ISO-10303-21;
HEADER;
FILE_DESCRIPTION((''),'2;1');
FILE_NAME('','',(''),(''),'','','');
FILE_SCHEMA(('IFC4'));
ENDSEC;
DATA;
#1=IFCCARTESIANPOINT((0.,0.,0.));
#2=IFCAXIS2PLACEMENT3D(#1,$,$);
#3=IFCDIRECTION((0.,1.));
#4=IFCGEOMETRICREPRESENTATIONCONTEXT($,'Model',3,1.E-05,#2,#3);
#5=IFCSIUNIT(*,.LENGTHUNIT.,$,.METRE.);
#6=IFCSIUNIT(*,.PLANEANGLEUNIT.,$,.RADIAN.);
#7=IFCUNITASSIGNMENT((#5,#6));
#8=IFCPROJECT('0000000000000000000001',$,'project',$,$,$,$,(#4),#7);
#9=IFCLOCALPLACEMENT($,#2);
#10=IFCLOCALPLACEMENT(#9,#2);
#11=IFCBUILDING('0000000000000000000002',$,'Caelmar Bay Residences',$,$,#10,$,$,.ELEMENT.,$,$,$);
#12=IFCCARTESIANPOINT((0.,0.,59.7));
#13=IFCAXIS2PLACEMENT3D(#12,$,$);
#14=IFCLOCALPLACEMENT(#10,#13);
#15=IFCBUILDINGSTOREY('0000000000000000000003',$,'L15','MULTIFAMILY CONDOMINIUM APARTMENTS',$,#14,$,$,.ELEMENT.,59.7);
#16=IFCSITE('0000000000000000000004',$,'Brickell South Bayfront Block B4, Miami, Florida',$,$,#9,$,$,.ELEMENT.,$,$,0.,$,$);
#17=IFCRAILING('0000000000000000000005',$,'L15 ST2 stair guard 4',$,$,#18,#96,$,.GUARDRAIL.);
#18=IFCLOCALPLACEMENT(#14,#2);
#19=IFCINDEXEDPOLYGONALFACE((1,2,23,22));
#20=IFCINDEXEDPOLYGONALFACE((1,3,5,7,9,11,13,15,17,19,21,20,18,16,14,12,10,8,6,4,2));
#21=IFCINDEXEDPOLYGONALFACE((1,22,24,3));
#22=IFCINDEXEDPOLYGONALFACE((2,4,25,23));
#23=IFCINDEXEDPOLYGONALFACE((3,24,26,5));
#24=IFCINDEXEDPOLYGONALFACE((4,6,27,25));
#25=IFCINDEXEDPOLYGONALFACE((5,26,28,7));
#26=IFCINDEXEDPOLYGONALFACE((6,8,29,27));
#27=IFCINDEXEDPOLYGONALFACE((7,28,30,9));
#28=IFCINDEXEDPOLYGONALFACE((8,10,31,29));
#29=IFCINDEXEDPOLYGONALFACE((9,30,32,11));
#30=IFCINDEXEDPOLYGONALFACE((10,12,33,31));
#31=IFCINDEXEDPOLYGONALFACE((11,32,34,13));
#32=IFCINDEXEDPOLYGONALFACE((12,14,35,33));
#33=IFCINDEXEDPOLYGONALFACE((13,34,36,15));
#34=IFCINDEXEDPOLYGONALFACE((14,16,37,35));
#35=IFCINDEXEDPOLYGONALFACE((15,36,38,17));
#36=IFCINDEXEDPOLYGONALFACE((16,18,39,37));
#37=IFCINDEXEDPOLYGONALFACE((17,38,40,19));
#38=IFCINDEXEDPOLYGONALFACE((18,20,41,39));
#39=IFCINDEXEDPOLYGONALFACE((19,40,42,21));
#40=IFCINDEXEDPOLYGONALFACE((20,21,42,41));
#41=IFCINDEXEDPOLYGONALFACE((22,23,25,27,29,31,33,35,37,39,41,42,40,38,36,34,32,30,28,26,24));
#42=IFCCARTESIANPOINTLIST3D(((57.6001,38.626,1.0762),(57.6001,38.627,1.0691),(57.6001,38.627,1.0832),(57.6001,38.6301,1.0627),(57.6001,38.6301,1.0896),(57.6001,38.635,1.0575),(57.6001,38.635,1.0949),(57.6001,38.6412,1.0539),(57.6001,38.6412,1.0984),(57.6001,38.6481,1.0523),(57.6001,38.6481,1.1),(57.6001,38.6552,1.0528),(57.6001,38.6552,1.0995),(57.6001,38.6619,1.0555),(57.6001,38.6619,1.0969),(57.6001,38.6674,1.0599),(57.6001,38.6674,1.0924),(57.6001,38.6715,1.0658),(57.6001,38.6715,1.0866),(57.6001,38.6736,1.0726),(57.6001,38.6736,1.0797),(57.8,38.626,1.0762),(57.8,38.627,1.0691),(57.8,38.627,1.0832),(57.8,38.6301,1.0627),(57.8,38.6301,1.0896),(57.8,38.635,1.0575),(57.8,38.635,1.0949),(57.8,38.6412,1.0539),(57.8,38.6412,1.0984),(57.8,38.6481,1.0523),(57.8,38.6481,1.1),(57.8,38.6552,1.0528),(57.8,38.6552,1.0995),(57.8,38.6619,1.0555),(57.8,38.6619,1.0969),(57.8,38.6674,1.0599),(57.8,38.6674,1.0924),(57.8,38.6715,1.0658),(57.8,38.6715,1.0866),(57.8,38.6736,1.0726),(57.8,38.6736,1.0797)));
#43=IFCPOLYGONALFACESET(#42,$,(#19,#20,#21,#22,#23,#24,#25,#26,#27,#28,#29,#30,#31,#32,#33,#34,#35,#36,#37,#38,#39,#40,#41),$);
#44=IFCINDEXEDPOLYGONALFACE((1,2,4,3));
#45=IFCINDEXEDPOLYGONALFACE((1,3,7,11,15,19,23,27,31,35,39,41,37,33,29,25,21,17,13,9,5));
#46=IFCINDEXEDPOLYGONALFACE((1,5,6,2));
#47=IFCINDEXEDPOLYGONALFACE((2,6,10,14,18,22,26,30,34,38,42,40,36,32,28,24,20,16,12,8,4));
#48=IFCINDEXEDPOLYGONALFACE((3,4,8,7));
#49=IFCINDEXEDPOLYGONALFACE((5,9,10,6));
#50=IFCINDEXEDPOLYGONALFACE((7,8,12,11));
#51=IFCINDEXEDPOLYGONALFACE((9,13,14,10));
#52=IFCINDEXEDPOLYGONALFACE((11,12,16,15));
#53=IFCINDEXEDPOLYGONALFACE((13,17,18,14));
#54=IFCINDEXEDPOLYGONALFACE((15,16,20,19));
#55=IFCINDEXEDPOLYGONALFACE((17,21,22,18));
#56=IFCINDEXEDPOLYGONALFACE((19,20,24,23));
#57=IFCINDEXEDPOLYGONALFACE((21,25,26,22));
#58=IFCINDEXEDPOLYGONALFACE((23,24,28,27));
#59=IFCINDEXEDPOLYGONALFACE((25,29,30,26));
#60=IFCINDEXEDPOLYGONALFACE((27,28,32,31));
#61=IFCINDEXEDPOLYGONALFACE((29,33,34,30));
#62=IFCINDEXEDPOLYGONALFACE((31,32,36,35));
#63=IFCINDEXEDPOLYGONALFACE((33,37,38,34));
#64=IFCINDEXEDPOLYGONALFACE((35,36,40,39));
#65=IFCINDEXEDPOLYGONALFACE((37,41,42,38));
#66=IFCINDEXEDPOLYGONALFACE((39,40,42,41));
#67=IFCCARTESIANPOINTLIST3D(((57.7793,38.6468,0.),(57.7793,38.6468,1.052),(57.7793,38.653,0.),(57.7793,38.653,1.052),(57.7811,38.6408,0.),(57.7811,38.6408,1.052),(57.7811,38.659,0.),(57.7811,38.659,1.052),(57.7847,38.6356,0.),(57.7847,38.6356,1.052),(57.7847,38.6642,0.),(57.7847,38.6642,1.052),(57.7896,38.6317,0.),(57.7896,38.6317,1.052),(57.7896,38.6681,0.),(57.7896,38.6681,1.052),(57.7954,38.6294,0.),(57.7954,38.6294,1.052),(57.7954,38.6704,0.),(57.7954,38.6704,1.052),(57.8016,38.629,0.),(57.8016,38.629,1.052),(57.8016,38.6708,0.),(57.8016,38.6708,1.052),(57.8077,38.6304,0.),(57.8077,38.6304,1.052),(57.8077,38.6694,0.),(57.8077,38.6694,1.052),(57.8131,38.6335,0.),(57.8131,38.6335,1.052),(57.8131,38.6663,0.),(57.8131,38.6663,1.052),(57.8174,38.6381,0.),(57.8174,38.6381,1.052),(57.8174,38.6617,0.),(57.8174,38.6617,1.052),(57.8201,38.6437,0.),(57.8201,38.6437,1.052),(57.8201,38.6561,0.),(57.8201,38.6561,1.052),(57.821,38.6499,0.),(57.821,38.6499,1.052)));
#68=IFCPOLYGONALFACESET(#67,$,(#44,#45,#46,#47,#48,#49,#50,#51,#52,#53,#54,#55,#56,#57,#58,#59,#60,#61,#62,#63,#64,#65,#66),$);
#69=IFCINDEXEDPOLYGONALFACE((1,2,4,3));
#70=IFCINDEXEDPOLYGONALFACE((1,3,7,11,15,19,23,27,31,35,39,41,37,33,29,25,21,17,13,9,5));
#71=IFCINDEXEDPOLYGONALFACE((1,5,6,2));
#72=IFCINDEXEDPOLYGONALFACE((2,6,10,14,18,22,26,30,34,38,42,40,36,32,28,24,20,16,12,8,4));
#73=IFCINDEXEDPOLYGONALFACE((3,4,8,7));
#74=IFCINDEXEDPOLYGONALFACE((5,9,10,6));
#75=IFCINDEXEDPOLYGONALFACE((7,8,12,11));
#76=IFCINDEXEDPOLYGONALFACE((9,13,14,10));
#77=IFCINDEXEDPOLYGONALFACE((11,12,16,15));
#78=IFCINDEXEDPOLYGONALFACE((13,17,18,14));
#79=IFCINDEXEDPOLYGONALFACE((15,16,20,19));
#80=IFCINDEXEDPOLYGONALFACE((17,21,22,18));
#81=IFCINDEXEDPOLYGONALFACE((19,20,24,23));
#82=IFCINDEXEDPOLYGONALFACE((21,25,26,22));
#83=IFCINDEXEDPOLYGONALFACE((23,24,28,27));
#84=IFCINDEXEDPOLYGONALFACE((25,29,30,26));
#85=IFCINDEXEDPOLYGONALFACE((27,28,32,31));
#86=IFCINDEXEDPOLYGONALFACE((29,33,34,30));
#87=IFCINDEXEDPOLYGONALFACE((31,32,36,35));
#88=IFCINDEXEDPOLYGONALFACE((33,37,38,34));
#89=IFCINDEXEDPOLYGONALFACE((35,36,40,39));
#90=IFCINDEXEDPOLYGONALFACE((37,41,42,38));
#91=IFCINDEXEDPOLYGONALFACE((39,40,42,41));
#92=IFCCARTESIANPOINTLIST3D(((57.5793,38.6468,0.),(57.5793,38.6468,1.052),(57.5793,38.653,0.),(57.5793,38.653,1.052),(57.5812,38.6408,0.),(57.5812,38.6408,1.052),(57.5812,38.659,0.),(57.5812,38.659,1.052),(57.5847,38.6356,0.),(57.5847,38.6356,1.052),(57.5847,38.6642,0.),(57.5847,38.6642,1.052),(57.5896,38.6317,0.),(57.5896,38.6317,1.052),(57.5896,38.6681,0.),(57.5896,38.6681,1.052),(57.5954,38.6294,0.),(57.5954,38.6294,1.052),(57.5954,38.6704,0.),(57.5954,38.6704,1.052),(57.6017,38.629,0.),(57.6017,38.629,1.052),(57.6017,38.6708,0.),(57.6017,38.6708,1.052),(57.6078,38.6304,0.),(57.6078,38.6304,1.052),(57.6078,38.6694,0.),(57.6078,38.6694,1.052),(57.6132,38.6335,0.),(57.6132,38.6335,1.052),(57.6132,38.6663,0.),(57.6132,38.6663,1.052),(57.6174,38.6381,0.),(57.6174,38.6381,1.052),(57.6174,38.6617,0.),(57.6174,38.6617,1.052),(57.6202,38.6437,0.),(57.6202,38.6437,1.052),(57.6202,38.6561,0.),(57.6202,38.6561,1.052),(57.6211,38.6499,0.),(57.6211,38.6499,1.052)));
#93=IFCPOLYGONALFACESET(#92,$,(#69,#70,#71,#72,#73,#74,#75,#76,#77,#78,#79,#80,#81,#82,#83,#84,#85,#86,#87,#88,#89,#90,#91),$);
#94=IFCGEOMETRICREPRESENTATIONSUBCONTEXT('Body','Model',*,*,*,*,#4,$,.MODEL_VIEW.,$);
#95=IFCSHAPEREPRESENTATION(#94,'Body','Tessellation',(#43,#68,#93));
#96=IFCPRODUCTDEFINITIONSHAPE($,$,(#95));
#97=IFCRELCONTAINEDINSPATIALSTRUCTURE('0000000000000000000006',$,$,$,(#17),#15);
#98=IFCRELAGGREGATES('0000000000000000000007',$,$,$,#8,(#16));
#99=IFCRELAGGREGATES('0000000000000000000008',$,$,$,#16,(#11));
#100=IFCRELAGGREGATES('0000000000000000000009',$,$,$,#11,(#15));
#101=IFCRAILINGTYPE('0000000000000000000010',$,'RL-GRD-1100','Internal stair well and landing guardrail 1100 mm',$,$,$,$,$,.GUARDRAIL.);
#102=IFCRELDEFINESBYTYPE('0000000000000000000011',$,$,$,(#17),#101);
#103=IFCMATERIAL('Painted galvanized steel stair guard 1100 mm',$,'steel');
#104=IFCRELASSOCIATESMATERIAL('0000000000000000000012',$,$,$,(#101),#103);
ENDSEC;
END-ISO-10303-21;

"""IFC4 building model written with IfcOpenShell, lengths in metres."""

from ifc_helpers import new_model, si_unit, direction, frame, origin, origin_2d, place, context, subcontext, project, spatial, circle, extrude, material, type_object, element, save


model = new_model("IFC4")

# Units and contexts
model_context = context("Model", 3, precision=1e-05, world=origin(), true_north=direction((0.0, 1.0)))
body_context = subcontext(model_context, "Body", "Model", "MODEL_VIEW")
ifc_project = project(units=[si_unit("LENGTHUNIT", "METRE"), si_unit("PLANEANGLEUNIT", "RADIAN")], contexts=[model_context])

# Site, building, storey
site_placement = place(None, origin())
site = spatial("IfcSite", under=ifc_project, at=site_placement, Name="Brickell South Bayfront Block B4, Miami, Florida", CompositionType="ELEMENT", RefElevation=0.0)
building_placement = place(site_placement, origin())
building = spatial("IfcBuilding", under=site, at=building_placement, Name="Caelmar Bay Residences", CompositionType="ELEMENT")
storey_placement = place(building_placement, frame((0.0, 0.0, 59.7)))
storey = spatial("IfcBuildingStorey", under=building, at=storey_placement, Name="L15", Description="MULTIFAMILY CONDOMINIUM APARTMENTS", CompositionType="ELEMENT", Elevation=59.7)

# Railing
ifc_material_1 = material(Name="Painted galvanized steel stair guard 1100 mm", Category="steel")
railing_type_1 = type_object("IfcRailingType", Name="RL-GRD-1100", Description="Internal stair well and landing guardrail 1100 mm", PredefinedType="GUARDRAIL", material=ifc_material_1)
railing_1_placement = place(storey_placement, frame((57.8, 38.6499, 0.0)))
element("IfcRailing", 1, at=railing_1_placement, inside=storey, type_object=railing_type_1, Name="L15 ST2 stair guard 4", PredefinedType="GUARDRAIL", context=body_context, shape_type="SweptSolid", body=[
    extrude(circle(Radius=0.0239, at=origin_2d()), frame((0.0, 0.0, 1.0762), z_axis=(-1.0, 0.0, 0.0), x_axis=(0.0, -1.0, 0.0)), (0.0, 0.0, 1.0), 0.2),
    extrude(circle(Radius=0.021, at=origin_2d()), origin(), (0.0, 0.0, 1.0), 1.052),
    extrude(circle(Radius=0.021, at=origin_2d()), frame((-0.2, 0.0, 0.0)), (0.0, 0.0, 1.0), 1.052),
])

save(model, "model.ifc")
